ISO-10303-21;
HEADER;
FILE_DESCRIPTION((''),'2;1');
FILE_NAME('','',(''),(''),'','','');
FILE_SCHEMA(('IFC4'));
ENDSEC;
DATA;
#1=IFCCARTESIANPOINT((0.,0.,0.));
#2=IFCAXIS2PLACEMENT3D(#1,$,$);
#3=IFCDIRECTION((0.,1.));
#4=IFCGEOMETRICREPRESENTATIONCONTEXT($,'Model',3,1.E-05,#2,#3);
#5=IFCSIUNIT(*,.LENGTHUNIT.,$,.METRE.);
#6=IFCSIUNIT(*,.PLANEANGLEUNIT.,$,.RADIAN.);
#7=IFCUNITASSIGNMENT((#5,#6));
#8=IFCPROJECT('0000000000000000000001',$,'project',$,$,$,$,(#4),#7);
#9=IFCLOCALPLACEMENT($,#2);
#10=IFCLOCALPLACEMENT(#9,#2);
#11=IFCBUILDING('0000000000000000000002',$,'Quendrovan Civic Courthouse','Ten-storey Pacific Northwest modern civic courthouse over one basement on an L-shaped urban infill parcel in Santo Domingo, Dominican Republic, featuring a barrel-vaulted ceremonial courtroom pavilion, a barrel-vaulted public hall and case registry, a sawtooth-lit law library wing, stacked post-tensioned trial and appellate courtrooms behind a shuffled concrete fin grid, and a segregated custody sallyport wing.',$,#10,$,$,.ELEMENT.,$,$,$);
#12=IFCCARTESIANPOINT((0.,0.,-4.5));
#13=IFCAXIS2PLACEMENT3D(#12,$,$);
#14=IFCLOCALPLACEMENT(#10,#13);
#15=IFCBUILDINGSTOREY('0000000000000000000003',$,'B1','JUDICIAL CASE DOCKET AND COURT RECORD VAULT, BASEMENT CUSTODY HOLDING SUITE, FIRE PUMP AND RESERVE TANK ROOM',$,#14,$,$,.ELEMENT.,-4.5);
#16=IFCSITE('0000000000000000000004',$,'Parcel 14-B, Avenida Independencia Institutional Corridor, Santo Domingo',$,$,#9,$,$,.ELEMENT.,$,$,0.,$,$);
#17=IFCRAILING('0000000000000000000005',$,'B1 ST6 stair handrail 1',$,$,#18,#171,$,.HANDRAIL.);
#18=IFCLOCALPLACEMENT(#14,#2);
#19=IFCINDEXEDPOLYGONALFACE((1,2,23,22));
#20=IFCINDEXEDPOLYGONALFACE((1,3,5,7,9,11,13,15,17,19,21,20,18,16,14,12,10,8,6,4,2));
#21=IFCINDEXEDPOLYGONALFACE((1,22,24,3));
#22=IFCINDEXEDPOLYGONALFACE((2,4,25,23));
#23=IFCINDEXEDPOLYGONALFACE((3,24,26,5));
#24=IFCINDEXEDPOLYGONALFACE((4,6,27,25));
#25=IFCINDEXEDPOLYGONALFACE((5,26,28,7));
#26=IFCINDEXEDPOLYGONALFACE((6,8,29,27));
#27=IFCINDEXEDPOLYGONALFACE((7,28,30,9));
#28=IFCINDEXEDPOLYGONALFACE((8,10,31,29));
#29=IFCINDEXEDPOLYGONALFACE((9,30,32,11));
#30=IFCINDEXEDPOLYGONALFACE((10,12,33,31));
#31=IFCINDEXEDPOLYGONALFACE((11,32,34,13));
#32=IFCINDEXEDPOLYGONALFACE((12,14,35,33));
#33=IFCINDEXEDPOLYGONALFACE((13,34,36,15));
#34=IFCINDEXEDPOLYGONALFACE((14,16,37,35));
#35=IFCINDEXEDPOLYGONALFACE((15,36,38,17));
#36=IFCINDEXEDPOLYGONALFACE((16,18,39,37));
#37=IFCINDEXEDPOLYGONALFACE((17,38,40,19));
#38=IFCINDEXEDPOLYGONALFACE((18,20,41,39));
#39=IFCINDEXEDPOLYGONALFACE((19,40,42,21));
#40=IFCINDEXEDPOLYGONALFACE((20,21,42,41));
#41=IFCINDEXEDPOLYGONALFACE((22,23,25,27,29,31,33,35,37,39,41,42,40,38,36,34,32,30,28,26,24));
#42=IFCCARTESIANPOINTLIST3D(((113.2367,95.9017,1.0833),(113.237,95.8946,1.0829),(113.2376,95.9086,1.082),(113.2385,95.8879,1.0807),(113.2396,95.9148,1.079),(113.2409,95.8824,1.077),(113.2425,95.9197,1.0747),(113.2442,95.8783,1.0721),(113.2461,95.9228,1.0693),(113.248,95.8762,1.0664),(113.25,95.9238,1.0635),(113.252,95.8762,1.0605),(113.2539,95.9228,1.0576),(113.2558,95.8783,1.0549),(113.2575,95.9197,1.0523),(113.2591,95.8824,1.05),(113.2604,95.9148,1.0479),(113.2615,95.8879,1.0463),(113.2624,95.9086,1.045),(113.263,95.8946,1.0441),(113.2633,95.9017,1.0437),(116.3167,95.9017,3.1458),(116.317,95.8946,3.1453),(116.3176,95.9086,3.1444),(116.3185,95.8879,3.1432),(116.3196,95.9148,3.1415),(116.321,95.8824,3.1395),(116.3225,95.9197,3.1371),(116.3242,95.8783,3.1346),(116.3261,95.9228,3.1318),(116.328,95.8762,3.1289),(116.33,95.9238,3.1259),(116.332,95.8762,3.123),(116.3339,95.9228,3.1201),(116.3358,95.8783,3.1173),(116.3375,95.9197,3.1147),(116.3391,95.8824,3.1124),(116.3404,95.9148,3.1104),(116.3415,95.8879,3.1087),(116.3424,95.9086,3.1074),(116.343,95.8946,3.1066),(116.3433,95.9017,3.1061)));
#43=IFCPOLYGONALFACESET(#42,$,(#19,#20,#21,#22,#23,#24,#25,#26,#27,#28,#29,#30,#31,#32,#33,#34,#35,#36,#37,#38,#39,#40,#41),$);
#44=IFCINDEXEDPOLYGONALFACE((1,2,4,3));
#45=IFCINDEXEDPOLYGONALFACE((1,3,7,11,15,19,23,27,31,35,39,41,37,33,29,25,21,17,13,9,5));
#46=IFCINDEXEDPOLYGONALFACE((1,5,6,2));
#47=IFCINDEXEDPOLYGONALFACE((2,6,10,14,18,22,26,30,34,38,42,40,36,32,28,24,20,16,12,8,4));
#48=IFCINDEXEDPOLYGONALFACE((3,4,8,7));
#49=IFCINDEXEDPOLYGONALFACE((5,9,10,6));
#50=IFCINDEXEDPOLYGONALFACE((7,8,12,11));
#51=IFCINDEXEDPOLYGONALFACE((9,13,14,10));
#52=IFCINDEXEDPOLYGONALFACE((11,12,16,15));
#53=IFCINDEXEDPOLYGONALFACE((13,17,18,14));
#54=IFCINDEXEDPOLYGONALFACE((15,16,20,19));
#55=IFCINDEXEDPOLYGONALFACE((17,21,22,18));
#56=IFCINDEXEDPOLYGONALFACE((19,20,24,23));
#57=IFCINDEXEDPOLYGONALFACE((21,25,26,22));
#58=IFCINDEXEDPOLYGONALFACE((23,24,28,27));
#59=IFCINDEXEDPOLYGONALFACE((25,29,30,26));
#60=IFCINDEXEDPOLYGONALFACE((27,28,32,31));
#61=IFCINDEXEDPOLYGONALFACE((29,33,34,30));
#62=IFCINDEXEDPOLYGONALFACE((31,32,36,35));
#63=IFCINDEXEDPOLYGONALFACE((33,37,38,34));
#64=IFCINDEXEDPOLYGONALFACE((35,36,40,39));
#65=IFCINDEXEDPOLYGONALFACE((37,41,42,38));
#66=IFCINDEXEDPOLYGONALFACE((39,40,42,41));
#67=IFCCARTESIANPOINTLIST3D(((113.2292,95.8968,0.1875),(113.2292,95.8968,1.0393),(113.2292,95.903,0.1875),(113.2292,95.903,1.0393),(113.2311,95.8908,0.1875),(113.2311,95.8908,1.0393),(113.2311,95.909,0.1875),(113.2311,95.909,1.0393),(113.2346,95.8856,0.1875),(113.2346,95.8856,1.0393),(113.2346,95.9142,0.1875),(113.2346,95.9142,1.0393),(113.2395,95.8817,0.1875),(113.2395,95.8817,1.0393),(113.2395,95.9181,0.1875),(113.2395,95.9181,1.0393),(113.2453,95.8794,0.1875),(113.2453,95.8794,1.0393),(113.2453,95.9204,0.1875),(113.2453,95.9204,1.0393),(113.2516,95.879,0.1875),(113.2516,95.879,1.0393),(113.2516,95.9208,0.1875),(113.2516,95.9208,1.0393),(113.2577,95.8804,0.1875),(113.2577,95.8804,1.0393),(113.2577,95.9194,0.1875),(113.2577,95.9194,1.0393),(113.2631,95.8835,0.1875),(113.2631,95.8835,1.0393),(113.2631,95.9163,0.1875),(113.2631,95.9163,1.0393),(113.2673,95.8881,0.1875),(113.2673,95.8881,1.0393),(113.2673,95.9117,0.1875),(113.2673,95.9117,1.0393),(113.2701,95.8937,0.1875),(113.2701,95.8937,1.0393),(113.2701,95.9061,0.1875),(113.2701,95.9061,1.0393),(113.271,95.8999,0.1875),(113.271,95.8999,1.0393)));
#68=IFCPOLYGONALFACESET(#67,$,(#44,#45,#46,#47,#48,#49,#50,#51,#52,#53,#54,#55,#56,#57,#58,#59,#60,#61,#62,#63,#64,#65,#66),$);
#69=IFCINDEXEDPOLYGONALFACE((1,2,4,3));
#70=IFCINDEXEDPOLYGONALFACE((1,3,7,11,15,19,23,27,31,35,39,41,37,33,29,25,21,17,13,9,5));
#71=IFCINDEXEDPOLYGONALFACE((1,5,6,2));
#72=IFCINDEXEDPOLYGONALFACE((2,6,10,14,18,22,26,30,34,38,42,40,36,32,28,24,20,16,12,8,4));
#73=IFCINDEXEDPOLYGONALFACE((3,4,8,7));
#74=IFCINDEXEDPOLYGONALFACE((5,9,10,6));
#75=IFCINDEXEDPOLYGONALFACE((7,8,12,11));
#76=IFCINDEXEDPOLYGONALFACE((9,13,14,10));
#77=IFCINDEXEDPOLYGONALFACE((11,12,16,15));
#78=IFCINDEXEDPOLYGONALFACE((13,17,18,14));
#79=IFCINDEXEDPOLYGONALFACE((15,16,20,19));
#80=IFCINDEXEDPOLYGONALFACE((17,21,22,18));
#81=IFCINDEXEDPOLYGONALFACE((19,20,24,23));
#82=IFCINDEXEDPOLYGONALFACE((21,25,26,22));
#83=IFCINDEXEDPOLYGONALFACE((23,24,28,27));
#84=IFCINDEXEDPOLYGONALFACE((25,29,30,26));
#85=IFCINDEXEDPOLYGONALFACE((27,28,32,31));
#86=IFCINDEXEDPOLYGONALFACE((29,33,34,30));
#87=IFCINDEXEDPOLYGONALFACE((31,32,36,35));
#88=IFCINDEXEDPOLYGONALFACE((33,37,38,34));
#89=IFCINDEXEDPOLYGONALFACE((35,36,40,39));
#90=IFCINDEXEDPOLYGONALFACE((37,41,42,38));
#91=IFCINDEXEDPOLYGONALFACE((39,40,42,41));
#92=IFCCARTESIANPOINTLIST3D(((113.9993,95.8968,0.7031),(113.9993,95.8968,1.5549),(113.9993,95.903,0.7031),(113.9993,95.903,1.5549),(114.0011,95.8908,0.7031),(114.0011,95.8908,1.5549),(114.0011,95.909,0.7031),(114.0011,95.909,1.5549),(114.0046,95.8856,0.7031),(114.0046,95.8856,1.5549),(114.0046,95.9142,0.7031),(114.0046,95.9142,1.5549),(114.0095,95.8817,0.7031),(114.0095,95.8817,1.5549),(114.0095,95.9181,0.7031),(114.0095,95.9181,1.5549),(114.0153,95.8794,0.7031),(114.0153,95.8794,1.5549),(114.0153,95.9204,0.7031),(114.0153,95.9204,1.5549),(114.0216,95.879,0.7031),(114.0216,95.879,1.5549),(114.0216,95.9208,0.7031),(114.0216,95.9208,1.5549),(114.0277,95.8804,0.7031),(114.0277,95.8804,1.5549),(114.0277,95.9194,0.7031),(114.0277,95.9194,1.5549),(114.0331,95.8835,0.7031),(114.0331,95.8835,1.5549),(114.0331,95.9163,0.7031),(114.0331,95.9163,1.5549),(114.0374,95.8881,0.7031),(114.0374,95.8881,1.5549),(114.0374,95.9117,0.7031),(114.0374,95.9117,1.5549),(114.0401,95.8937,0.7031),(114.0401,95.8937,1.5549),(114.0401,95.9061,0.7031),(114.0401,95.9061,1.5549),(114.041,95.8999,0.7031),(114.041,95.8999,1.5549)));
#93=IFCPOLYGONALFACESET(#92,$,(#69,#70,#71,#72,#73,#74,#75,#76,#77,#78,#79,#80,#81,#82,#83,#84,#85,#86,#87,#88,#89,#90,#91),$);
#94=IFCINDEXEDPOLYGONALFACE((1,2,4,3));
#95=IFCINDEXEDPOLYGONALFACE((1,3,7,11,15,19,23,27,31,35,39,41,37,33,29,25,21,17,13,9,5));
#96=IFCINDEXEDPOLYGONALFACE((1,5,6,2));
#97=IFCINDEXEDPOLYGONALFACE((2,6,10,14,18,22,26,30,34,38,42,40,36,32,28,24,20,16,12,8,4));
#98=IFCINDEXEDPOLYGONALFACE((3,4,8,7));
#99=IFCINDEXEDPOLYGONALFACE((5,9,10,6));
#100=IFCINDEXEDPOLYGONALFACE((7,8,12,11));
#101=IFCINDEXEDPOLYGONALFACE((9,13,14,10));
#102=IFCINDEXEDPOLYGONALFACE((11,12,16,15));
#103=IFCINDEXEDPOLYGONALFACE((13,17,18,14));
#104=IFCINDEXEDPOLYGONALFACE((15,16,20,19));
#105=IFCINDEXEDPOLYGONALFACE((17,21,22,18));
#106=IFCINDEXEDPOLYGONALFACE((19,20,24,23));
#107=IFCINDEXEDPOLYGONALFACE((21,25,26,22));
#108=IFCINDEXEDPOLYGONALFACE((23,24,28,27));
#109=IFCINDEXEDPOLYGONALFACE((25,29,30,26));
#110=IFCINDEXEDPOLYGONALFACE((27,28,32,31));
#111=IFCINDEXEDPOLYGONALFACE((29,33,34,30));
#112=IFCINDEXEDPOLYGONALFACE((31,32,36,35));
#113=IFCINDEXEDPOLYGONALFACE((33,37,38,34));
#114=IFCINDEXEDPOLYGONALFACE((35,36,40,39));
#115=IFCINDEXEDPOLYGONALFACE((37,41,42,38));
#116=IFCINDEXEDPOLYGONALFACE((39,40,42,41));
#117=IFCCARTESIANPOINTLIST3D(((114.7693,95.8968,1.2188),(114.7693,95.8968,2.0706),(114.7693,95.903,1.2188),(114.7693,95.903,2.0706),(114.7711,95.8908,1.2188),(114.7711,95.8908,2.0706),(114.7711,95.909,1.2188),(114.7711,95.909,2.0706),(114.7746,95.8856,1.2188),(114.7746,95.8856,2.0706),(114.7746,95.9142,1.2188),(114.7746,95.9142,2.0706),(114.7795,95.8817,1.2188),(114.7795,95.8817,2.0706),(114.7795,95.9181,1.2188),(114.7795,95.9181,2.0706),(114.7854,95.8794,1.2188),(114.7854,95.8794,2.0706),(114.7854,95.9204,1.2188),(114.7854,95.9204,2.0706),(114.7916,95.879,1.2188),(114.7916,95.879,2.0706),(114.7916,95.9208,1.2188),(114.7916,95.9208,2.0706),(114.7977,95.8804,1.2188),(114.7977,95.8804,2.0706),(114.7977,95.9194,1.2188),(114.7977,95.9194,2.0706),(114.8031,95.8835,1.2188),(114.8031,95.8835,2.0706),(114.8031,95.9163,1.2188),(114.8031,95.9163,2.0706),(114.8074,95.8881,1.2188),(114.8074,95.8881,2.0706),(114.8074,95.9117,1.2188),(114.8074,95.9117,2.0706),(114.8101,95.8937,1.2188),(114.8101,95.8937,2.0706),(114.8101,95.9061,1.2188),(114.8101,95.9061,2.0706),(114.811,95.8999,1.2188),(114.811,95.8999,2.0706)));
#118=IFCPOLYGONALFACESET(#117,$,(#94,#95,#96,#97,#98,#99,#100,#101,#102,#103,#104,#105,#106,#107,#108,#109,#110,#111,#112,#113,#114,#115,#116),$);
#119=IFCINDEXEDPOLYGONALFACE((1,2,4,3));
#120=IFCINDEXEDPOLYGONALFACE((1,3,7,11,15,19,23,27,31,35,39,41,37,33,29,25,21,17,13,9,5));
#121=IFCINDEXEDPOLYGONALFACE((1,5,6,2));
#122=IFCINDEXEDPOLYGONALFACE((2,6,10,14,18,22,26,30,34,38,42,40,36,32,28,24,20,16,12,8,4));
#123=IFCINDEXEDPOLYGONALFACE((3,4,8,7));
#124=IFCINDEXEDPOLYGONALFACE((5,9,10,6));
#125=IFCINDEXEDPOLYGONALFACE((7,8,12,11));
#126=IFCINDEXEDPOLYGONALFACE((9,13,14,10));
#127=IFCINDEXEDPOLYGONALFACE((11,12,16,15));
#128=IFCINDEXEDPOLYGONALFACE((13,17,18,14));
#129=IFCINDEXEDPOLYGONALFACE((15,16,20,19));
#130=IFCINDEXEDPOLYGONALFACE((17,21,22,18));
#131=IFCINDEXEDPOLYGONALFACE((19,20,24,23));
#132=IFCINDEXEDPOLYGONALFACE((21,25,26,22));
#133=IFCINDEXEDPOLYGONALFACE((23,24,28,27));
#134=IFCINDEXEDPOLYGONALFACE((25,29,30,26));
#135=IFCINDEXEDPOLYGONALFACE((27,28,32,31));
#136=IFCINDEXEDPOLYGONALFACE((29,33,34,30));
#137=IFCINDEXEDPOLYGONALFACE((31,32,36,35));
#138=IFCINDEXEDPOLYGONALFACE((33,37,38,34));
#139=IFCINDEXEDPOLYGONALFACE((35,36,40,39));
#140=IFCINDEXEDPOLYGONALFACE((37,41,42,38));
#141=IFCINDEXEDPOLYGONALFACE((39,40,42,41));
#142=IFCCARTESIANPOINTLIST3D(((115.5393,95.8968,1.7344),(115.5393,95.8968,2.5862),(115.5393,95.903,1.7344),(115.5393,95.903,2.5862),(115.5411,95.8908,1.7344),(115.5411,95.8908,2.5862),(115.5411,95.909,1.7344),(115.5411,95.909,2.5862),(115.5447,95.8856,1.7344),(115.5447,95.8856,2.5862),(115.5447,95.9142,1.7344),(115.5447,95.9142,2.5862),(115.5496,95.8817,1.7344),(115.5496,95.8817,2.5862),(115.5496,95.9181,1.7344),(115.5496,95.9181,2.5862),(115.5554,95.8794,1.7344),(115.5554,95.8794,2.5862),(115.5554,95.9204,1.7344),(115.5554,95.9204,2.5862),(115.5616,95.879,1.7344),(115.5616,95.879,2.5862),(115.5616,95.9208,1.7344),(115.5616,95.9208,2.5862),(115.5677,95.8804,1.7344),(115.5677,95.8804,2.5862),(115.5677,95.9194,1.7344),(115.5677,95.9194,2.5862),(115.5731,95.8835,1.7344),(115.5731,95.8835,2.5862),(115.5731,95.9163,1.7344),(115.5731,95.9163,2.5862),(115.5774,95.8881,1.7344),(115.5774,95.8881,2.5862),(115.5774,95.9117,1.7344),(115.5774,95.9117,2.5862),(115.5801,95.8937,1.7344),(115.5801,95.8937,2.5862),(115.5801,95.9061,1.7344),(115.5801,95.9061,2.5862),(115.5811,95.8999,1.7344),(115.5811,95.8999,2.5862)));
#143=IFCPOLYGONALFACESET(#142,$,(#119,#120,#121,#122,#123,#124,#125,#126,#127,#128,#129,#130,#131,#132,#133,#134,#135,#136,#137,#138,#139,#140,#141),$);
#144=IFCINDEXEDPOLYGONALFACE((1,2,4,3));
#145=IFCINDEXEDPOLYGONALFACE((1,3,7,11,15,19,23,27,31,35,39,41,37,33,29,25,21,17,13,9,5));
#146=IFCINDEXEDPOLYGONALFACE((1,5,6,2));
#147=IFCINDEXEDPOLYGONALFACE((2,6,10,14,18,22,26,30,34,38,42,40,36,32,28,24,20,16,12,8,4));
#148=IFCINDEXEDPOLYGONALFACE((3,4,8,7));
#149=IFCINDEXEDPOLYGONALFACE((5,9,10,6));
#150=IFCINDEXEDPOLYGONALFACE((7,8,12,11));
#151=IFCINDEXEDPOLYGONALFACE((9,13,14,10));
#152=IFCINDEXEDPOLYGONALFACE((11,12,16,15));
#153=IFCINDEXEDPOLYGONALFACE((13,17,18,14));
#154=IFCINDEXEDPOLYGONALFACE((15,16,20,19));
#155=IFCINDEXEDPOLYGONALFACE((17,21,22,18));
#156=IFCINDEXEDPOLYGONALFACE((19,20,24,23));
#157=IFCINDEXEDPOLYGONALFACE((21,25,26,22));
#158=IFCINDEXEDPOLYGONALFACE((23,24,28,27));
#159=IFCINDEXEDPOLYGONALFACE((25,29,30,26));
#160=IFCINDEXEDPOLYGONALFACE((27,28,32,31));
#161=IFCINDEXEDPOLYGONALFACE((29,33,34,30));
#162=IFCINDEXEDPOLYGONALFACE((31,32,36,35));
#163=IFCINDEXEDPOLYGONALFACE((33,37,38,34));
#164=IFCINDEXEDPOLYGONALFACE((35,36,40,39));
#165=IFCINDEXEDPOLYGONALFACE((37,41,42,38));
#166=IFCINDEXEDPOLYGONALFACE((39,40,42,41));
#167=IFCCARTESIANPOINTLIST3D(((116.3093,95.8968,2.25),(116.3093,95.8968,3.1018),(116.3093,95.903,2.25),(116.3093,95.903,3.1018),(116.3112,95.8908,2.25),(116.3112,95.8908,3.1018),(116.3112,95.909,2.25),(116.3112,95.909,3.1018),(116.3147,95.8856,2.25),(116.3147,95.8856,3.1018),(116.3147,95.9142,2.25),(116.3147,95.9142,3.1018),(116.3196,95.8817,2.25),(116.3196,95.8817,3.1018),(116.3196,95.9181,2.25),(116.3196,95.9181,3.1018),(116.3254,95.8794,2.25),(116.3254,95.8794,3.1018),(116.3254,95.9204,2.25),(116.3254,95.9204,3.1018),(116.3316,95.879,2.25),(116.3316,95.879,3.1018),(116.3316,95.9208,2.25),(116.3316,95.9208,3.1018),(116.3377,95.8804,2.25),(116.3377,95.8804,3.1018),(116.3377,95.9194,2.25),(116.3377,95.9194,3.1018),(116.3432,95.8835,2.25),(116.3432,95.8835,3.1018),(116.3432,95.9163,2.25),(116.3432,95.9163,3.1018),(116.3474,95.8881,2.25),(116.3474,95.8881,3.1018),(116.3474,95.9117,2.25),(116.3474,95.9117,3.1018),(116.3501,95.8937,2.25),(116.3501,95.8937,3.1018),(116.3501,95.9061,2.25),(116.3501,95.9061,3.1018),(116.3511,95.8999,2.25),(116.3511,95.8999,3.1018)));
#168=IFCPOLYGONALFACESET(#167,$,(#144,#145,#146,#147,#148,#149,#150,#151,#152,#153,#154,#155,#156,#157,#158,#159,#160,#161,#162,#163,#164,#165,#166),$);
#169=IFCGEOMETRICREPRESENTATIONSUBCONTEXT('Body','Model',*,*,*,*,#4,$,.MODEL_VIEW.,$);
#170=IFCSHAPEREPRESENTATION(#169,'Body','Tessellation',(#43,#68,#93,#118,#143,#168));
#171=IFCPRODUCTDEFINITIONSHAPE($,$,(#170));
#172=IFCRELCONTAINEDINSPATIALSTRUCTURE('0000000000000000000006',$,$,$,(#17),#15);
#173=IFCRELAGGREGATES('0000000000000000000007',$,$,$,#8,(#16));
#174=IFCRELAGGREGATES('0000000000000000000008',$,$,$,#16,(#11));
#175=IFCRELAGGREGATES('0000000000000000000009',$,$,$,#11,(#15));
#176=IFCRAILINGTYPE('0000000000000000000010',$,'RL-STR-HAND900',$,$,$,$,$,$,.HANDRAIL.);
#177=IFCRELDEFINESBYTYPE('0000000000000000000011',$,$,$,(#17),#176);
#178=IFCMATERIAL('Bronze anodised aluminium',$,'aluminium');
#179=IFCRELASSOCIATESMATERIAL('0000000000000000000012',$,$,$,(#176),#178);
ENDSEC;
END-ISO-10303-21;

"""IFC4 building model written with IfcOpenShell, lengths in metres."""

from ifc_helpers import new_model, si_unit, direction, frame, origin, origin_2d, place, context, subcontext, project, spatial, circle, extrude, material, type_object, element, save


model = new_model("IFC4")

# Units and contexts
model_context = context("Model", 3, precision=1e-05, world=origin(), true_north=direction((0.0, 1.0)))
body_context = subcontext(model_context, "Body", "Model", "MODEL_VIEW")
ifc_project = project(units=[si_unit("LENGTHUNIT", "METRE"), si_unit("PLANEANGLEUNIT", "RADIAN")], contexts=[model_context])

# Site, building, storey
site_placement = place(None, origin())
site = spatial("IfcSite", under=ifc_project, at=site_placement, Name="Parcel 14-B, Avenida Independencia Institutional Corridor, Santo Domingo", CompositionType="ELEMENT", RefElevation=0.0)
building_placement = place(site_placement, origin())
building = spatial("IfcBuilding", under=site, at=building_placement, Name="Quendrovan Civic Courthouse", Description="Ten-storey Pacific Northwest modern civic courthouse over one basement on an L-shaped urban infill parcel in Santo Domingo, Dominican Republic, featuring a barrel-vaulted ceremonial courtroom pavilion, a barrel-vaulted public hall and case registry, a sawtooth-lit law library wing, stacked post-tensioned trial and appellate courtrooms behind a shuffled concrete fin grid, and a segregated custody sallyport wing.", CompositionType="ELEMENT")
storey_placement = place(building_placement, frame((0.0, 0.0, -4.5)))
storey = spatial("IfcBuildingStorey", under=building, at=storey_placement, Name="B1", Description="JUDICIAL CASE DOCKET AND COURT RECORD VAULT, BASEMENT CUSTODY HOLDING SUITE, FIRE PUMP AND RESERVE TANK ROOM", CompositionType="ELEMENT", Elevation=-4.5)

# Railing
ifc_material_1 = material(Name="Bronze anodised aluminium", Category="aluminium")
railing_type_1 = type_object("IfcRailingType", Name="RL-STR-HAND900", PredefinedType="HANDRAIL", material=ifc_material_1)
railing_1_placement = place(storey_placement, frame((113.25, 95.8999, 0.1875)))
element("IfcRailing", 1, at=railing_1_placement, inside=storey, type_object=railing_type_1, Name="B1 ST6 stair handrail 1", PredefinedType="HANDRAIL", context=body_context, shape_type="SweptSolid", body=[
    extrude(circle(Radius=0.0239, at=origin_2d()), frame((0.0, 0.0, 0.876), z_axis=(0.830914, 0.0, 0.556401), x_axis=(0.0, 1.0, 0.0)), (0.0, 0.0, 1.0), 3.7068),
    extrude(circle(Radius=0.021, at=origin_2d()), origin(), (0.0, 0.0, 1.0), 0.8518),
    extrude(circle(Radius=0.021, at=origin_2d()), frame((0.77, 0.0, 0.5156)), (0.0, 0.0, 1.0), 0.8518),
    extrude(circle(Radius=0.021, at=origin_2d()), frame((1.54, 0.0, 1.0312)), (0.0, 0.0, 1.0), 0.8518),
    extrude(circle(Radius=0.021, at=origin_2d()), frame((2.3101, 0.0, 1.5469)), (0.0, 0.0, 1.0), 0.8518),
    extrude(circle(Radius=0.021, at=origin_2d()), frame((3.0801, 0.0, 2.0625)), (0.0, 0.0, 1.0), 0.8518),
])

save(model, "model.ifc")
